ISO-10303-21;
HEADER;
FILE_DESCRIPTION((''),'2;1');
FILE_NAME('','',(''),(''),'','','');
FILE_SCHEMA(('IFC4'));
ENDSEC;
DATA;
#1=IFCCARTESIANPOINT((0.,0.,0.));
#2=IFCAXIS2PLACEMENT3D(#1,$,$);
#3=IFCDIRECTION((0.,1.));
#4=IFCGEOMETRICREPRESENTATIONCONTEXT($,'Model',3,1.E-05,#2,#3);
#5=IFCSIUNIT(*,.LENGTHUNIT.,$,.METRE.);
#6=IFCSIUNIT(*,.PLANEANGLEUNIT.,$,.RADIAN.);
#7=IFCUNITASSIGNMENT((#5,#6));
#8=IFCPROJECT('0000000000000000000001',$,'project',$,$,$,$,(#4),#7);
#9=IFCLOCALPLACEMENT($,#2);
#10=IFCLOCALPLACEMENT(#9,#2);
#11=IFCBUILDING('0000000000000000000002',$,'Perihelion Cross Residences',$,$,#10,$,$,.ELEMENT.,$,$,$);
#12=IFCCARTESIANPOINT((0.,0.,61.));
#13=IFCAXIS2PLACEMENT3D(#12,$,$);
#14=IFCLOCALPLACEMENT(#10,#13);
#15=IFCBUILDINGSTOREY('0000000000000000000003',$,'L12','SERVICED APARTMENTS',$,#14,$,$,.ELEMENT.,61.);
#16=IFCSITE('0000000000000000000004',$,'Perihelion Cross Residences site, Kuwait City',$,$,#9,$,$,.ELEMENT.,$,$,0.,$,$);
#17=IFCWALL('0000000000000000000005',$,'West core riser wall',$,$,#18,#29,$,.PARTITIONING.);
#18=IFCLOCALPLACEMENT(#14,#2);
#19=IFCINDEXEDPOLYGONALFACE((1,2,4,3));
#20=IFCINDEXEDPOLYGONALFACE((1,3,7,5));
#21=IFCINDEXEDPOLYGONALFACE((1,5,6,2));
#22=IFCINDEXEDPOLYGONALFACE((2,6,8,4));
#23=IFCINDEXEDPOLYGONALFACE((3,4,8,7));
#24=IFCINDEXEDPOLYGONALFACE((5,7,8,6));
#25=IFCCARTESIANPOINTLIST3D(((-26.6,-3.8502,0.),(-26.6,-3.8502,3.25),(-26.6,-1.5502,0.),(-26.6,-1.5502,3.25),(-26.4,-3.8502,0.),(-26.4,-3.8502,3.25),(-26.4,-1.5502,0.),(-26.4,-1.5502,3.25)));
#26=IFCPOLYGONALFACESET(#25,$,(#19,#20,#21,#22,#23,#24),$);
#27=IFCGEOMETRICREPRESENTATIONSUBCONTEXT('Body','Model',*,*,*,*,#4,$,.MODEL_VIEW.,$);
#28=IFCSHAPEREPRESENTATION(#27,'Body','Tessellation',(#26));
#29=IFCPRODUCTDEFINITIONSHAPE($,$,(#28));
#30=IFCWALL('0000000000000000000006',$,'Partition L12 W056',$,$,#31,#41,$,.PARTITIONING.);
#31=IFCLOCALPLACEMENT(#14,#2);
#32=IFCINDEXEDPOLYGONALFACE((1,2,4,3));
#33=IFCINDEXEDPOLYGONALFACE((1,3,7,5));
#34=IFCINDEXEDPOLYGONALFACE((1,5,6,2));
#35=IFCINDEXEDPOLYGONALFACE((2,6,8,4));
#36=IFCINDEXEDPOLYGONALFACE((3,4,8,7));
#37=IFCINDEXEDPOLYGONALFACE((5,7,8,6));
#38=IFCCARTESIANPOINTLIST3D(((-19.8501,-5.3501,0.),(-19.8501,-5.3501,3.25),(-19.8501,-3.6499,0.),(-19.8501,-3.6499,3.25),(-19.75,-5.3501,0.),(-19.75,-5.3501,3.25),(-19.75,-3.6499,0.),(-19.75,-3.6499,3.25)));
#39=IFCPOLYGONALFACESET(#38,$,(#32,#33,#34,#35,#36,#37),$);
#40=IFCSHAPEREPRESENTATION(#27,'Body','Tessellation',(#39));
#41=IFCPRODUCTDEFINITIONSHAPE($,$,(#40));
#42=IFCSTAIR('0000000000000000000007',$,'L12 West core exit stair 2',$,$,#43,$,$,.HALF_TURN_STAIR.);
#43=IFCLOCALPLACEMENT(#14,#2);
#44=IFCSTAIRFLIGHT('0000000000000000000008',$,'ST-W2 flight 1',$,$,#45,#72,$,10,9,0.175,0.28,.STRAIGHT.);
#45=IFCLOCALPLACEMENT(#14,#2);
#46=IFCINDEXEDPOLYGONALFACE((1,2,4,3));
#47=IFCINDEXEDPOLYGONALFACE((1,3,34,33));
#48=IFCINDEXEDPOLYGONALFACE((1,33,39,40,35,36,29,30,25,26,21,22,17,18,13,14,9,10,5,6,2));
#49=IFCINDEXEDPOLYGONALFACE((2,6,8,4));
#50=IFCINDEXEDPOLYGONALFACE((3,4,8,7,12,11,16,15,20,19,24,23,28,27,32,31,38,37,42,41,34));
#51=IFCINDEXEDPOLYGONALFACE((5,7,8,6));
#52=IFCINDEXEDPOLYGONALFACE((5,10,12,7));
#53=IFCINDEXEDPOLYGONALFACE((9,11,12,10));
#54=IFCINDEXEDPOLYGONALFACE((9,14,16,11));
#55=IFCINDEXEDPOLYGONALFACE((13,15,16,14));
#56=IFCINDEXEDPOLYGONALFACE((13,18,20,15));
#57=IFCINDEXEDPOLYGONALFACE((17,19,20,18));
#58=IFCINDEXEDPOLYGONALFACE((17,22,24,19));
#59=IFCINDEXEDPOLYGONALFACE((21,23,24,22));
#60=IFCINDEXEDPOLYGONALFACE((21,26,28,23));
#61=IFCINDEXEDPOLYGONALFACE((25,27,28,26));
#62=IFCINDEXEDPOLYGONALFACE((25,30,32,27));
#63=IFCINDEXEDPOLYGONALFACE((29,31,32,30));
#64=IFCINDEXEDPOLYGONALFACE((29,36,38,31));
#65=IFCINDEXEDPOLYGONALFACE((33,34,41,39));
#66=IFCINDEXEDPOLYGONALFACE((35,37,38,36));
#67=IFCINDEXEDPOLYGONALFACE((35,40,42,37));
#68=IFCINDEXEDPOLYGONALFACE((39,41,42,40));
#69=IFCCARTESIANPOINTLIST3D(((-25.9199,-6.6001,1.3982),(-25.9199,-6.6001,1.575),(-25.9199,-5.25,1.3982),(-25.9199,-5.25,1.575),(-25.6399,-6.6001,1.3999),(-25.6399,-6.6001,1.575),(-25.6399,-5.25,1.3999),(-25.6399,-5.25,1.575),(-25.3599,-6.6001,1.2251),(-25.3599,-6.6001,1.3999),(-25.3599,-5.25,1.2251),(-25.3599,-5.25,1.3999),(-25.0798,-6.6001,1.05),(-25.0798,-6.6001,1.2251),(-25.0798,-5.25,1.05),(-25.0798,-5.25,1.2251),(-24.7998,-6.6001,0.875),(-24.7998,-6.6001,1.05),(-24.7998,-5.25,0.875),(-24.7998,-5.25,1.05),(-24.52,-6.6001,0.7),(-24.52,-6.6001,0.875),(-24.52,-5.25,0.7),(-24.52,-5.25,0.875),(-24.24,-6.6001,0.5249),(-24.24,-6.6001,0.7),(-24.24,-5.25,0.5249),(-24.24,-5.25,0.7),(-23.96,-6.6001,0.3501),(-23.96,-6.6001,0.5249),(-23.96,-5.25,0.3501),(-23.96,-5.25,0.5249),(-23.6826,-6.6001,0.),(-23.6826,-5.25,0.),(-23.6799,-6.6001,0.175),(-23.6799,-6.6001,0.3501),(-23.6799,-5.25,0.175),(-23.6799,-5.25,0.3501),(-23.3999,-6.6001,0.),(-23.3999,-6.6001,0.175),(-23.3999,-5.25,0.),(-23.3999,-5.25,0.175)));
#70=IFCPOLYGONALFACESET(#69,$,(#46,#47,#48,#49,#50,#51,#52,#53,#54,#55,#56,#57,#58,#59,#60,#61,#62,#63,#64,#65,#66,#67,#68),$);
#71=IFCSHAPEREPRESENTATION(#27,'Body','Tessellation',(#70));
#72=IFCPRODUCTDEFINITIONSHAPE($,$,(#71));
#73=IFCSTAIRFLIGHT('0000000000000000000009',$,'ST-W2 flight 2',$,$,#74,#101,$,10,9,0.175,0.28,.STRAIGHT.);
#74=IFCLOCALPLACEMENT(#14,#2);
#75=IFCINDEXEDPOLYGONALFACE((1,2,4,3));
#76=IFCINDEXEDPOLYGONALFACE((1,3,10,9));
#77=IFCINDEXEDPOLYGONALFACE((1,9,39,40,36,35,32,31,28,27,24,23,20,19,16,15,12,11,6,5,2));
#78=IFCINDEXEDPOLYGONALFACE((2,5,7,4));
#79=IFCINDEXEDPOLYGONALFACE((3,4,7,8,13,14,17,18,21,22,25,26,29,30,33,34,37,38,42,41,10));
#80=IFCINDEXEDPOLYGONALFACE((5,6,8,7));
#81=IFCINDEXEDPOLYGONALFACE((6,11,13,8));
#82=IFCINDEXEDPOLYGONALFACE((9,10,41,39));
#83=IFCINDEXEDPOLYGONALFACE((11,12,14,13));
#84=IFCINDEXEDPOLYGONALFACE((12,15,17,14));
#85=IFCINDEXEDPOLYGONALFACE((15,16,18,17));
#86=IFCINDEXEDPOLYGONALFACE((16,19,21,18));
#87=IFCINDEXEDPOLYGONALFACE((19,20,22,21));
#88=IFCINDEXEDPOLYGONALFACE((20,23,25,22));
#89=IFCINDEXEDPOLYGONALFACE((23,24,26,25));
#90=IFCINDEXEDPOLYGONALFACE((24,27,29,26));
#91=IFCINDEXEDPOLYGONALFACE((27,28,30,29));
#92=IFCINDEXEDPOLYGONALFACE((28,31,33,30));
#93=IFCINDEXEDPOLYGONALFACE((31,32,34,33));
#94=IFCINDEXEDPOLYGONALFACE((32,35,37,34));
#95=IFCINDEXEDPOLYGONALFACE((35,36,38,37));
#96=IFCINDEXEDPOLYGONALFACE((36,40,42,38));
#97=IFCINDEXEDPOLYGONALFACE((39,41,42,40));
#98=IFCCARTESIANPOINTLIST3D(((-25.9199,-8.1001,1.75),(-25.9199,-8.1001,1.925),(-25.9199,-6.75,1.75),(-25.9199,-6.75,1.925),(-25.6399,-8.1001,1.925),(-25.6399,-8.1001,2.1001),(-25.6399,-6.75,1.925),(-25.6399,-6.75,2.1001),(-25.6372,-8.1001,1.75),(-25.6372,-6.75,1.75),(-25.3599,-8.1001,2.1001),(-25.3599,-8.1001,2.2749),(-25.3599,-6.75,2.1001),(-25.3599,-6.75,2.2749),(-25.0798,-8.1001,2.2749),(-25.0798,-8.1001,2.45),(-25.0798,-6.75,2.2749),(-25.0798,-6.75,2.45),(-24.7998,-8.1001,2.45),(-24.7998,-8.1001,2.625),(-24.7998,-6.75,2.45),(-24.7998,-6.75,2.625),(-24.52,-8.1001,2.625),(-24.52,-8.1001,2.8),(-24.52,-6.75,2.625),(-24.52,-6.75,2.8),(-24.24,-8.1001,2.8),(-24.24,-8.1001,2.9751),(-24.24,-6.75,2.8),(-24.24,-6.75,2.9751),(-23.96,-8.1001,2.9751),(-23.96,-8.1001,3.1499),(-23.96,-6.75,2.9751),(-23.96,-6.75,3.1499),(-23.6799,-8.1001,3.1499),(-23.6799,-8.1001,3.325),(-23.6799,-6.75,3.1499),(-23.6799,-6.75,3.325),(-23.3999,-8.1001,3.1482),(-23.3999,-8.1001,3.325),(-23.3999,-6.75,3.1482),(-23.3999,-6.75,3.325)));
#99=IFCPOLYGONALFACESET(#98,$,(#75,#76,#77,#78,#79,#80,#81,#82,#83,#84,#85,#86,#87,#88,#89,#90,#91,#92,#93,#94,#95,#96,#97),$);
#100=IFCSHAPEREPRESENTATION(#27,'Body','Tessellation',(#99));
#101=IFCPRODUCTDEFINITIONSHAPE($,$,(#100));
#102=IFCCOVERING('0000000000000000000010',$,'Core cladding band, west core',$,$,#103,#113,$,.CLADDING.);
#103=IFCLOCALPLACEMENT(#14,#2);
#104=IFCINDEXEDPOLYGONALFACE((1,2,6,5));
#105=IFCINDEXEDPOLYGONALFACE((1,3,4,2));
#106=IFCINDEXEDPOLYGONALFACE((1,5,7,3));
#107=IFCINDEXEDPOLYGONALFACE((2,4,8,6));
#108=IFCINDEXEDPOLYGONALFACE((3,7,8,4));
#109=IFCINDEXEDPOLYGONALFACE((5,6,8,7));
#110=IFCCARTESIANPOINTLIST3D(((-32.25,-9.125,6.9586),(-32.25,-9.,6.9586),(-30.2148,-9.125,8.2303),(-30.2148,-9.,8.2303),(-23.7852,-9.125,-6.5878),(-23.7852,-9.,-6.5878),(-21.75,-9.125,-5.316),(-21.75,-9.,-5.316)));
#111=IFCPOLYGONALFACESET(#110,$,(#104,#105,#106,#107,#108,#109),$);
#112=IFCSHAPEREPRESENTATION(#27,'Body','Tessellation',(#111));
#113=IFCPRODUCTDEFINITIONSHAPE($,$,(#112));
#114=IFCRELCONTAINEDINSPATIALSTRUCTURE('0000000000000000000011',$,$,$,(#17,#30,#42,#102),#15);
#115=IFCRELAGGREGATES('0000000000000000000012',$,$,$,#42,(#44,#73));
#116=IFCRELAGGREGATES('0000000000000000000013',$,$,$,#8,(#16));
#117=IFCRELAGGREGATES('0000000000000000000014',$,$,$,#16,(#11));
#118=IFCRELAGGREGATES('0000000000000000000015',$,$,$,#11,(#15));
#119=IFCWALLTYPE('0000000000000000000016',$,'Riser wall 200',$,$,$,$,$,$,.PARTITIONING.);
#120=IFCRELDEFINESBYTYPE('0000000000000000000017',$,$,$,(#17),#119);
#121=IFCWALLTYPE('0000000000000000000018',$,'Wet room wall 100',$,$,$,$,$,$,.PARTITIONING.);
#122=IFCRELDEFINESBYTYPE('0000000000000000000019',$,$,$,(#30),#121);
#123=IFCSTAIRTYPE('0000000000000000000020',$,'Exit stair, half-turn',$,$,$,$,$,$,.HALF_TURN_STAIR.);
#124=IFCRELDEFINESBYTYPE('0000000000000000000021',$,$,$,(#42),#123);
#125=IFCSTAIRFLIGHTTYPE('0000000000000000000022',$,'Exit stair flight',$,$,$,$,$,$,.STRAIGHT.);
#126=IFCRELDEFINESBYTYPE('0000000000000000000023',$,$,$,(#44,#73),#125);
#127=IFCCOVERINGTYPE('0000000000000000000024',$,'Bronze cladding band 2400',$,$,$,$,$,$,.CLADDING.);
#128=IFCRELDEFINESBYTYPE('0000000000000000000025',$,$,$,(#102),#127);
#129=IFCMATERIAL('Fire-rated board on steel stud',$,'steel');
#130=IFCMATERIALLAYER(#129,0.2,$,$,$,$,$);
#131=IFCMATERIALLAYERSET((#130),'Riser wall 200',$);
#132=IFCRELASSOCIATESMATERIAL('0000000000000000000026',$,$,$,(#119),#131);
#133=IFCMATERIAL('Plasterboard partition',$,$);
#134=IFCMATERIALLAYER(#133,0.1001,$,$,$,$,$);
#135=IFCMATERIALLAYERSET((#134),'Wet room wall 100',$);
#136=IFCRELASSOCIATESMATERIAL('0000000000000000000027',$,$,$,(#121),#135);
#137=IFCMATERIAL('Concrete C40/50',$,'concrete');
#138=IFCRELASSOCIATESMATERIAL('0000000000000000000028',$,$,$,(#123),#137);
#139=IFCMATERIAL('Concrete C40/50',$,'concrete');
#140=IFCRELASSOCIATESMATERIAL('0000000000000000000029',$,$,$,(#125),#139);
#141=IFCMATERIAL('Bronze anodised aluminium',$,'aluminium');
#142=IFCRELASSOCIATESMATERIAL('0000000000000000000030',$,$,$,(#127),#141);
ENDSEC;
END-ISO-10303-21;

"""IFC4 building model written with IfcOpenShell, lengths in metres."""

from ifc_helpers import new_model, si_unit, direction, frame, frame_2d, origin, origin_2d, place, context, subcontext, project, spatial, polyline, rectangle, outline, extrude, material, layer, layer_set, material_profile, profile_set, type_object, element, aggregate, save


model = new_model("IFC4")

# Units and contexts
model_context = context("Model", 3, precision=1e-05, world=origin(), true_north=direction((0.0, 1.0)))
body_context = subcontext(model_context, "Body", "Model", "MODEL_VIEW")
ifc_project = project(units=[si_unit("LENGTHUNIT", "METRE"), si_unit("PLANEANGLEUNIT", "RADIAN")], contexts=[model_context])

# Site, building, storey
site_placement = place(None, origin())
site = spatial("IfcSite", under=ifc_project, at=site_placement, Name="Perihelion Cross Residences site, Kuwait City", CompositionType="ELEMENT", RefElevation=0.0)
building_placement = place(site_placement, origin())
building = spatial("IfcBuilding", under=site, at=building_placement, Name="Perihelion Cross Residences", CompositionType="ELEMENT")
storey_placement = place(building_placement, frame((0.0, 0.0, 61.0)))
storey = spatial("IfcBuildingStorey", under=building, at=storey_placement, Name="L12", Description="SERVICED APARTMENTS", CompositionType="ELEMENT", Elevation=61.0)

# Walls
ifc_material_1 = material(Name="Fire-rated board on steel stud", Category="steel")
ifc_layer_1 = layer(ifc_material_1, 0.2)
ifc_layer_set_1 = layer_set([ifc_layer_1], Name="Riser wall 200")
wall_type_1 = type_object("IfcWallType", Name="Riser wall 200", PredefinedType="PARTITIONING", material=ifc_layer_set_1)
wall_1_placement = place(storey_placement, frame((-26.5, -3.8501, 0.0), z_axis=(0.0, 0.0, 1.0), x_axis=(0.0, 1.0, 0.0)))
element("IfcWall", 1, at=wall_1_placement, inside=storey, type_object=wall_type_1, Name="West core riser wall", PredefinedType="PARTITIONING", context=body_context, shape_type="SweptSolid", body=[
    extrude(rectangle(XDim=2.3, YDim=0.2, at=frame_2d((1.1499, 0.0))), origin(), (0.0, 0.0, 1.0), 3.25),
])
ifc_material_2 = material(Name="Plasterboard partition")
ifc_layer_2 = layer(ifc_material_2, 0.1001)
ifc_layer_set_2 = layer_set([ifc_layer_2], Name="Wet room wall 100")
wall_type_2 = type_object("IfcWallType", Name="Wet room wall 100", PredefinedType="PARTITIONING", material=ifc_layer_set_2)
wall_2_placement = place(storey_placement, frame((-19.8, -5.3501, 0.0), z_axis=(0.0, 0.0, 1.0), x_axis=(0.0, 1.0, 0.0)))
element("IfcWall", 2, at=wall_2_placement, inside=storey, type_object=wall_type_2, Name="Partition L12 W056", PredefinedType="PARTITIONING", context=body_context, shape_type="SweptSolid", body=[
    extrude(rectangle(XDim=1.7002, YDim=0.1001, at=frame_2d((0.8501, 0.0))), origin(), (0.0, 0.0, 1.0), 3.25),
])

# Stair, stair flights
ifc_material_3 = material(Name="Concrete C40/50", Category="concrete")
stair_type = type_object("IfcStairType", Name="Exit stair, half-turn", PredefinedType="HALF_TURN_STAIR", material=ifc_material_3)
stair_placement = place(storey_placement, origin())
stair = element("IfcStair", 3, at=stair_placement, inside=storey, type_object=stair_type, Name="L12 West core exit stair 2", PredefinedType="HALF_TURN_STAIR")
ifc_material_4 = material(Name="Concrete C40/50", Category="concrete")
stair_flight_type = type_object("IfcStairFlightType", Name="Exit stair flight", PredefinedType="STRAIGHT", material=ifc_material_4)
stair_flight_1_placement = place(storey_placement, frame((-23.3999, -5.925, 0.0), z_axis=(0.0, 0.0, 1.0), x_axis=(-1.0, 0.0, 0.0)))
stair_flight_1 = element("IfcStairFlight", 4, at=stair_flight_1_placement, type_object=stair_flight_type, Name="ST-W2 flight 1", NumberOfRisers=10, NumberOfTreads=9, PredefinedType="STRAIGHT", RiserHeight=0.175, TreadLength=0.28, context=body_context, shape_type="SweptSolid", body=[
    extrude(outline(polyline([(0.0, 0.0), (0.0, 0.175), (0.28, 0.175), (0.28, 0.3501), (0.5601, 0.3501), (0.5601, 0.5249), (0.8401, 0.5249), (0.8401, 0.7), (1.1201, 0.7), (1.1201, 0.875), (1.3999, 0.875), (1.3999, 1.05), (1.6799, 1.05), (1.6799, 1.2251), (1.96, 1.2251), (1.96, 1.3999), (2.24, 1.3999), (2.24, 1.575), (2.52, 1.575), (2.52, 1.75), (2.52, 1.3982), (0.2827, 0.0), (0.0, 0.0)])), frame((0.0, 0.675, 0.0), z_axis=(0.0, -1.0, 0.0), x_axis=(1.0, 0.0, 0.0)), (0.0, 0.0, 1.0), 1.3501),
])
stair_flight_2_placement = place(storey_placement, frame((-25.9199, -7.425, 1.75), z_axis=(0.0, 0.0, 1.0), x_axis=(1.0, 0.0, 0.0)))
stair_flight_2 = element("IfcStairFlight", 5, at=stair_flight_2_placement, type_object=stair_flight_type, Name="ST-W2 flight 2", NumberOfRisers=10, NumberOfTreads=9, PredefinedType="STRAIGHT", RiserHeight=0.175, TreadLength=0.28, context=body_context, shape_type="SweptSolid", body=[
    extrude(outline(polyline([(0.0, 0.0), (0.0, 0.175), (0.28, 0.175), (0.28, 0.3501), (0.5601, 0.3501), (0.5601, 0.5249), (0.8401, 0.5249), (0.8401, 0.7), (1.1201, 0.7), (1.1201, 0.875), (1.3999, 0.875), (1.3999, 1.05), (1.6799, 1.05), (1.6799, 1.2251), (1.96, 1.2251), (1.96, 1.3999), (2.24, 1.3999), (2.24, 1.575), (2.52, 1.575), (2.52, 1.75), (2.52, 1.3982), (0.2827, 0.0), (0.0, 0.0)])), frame((0.0, 0.675, 0.0), z_axis=(0.0, -1.0, 0.0), x_axis=(1.0, 0.0, 0.0)), (0.0, 0.0, 1.0), 1.3501),
])
aggregate(stair, [stair_flight_1, stair_flight_2])

# Covering
ifc_material_5 = material(Name="Bronze anodised aluminium", Category="aluminium")
ifc_material_profile_1 = material_profile(ifc_material_5, rectangle(XDim=0.125, YDim=2.3999, at=origin_2d()), Name="Bronze cladding band 2400")
ifc_profile_set_1 = profile_set([ifc_material_profile_1], Name="Bronze anodised aluminium")
covering_type = type_object("IfcCoveringType", Name="Bronze cladding band 2400", PredefinedType="CLADDING", material=ifc_profile_set_1)
covering_placement = place(storey_placement, frame((-22.7676, -9.0625, -5.9519), z_axis=(-0.529925, 0.0, 0.848045), x_axis=(0.0, -1.0, 0.0)))
element("IfcCovering", 6, at=covering_placement, inside=storey, type_object=covering_type, Name="Core cladding band, west core", PredefinedType="CLADDING", context=body_context, shape_type="SweptSolid", body=[
    extrude(rectangle(XDim=0.125, YDim=2.3999, at=origin_2d()), origin(), (0.0, 0.0, 1.0), 15.9736),
])

save(model, "model.ifc")
